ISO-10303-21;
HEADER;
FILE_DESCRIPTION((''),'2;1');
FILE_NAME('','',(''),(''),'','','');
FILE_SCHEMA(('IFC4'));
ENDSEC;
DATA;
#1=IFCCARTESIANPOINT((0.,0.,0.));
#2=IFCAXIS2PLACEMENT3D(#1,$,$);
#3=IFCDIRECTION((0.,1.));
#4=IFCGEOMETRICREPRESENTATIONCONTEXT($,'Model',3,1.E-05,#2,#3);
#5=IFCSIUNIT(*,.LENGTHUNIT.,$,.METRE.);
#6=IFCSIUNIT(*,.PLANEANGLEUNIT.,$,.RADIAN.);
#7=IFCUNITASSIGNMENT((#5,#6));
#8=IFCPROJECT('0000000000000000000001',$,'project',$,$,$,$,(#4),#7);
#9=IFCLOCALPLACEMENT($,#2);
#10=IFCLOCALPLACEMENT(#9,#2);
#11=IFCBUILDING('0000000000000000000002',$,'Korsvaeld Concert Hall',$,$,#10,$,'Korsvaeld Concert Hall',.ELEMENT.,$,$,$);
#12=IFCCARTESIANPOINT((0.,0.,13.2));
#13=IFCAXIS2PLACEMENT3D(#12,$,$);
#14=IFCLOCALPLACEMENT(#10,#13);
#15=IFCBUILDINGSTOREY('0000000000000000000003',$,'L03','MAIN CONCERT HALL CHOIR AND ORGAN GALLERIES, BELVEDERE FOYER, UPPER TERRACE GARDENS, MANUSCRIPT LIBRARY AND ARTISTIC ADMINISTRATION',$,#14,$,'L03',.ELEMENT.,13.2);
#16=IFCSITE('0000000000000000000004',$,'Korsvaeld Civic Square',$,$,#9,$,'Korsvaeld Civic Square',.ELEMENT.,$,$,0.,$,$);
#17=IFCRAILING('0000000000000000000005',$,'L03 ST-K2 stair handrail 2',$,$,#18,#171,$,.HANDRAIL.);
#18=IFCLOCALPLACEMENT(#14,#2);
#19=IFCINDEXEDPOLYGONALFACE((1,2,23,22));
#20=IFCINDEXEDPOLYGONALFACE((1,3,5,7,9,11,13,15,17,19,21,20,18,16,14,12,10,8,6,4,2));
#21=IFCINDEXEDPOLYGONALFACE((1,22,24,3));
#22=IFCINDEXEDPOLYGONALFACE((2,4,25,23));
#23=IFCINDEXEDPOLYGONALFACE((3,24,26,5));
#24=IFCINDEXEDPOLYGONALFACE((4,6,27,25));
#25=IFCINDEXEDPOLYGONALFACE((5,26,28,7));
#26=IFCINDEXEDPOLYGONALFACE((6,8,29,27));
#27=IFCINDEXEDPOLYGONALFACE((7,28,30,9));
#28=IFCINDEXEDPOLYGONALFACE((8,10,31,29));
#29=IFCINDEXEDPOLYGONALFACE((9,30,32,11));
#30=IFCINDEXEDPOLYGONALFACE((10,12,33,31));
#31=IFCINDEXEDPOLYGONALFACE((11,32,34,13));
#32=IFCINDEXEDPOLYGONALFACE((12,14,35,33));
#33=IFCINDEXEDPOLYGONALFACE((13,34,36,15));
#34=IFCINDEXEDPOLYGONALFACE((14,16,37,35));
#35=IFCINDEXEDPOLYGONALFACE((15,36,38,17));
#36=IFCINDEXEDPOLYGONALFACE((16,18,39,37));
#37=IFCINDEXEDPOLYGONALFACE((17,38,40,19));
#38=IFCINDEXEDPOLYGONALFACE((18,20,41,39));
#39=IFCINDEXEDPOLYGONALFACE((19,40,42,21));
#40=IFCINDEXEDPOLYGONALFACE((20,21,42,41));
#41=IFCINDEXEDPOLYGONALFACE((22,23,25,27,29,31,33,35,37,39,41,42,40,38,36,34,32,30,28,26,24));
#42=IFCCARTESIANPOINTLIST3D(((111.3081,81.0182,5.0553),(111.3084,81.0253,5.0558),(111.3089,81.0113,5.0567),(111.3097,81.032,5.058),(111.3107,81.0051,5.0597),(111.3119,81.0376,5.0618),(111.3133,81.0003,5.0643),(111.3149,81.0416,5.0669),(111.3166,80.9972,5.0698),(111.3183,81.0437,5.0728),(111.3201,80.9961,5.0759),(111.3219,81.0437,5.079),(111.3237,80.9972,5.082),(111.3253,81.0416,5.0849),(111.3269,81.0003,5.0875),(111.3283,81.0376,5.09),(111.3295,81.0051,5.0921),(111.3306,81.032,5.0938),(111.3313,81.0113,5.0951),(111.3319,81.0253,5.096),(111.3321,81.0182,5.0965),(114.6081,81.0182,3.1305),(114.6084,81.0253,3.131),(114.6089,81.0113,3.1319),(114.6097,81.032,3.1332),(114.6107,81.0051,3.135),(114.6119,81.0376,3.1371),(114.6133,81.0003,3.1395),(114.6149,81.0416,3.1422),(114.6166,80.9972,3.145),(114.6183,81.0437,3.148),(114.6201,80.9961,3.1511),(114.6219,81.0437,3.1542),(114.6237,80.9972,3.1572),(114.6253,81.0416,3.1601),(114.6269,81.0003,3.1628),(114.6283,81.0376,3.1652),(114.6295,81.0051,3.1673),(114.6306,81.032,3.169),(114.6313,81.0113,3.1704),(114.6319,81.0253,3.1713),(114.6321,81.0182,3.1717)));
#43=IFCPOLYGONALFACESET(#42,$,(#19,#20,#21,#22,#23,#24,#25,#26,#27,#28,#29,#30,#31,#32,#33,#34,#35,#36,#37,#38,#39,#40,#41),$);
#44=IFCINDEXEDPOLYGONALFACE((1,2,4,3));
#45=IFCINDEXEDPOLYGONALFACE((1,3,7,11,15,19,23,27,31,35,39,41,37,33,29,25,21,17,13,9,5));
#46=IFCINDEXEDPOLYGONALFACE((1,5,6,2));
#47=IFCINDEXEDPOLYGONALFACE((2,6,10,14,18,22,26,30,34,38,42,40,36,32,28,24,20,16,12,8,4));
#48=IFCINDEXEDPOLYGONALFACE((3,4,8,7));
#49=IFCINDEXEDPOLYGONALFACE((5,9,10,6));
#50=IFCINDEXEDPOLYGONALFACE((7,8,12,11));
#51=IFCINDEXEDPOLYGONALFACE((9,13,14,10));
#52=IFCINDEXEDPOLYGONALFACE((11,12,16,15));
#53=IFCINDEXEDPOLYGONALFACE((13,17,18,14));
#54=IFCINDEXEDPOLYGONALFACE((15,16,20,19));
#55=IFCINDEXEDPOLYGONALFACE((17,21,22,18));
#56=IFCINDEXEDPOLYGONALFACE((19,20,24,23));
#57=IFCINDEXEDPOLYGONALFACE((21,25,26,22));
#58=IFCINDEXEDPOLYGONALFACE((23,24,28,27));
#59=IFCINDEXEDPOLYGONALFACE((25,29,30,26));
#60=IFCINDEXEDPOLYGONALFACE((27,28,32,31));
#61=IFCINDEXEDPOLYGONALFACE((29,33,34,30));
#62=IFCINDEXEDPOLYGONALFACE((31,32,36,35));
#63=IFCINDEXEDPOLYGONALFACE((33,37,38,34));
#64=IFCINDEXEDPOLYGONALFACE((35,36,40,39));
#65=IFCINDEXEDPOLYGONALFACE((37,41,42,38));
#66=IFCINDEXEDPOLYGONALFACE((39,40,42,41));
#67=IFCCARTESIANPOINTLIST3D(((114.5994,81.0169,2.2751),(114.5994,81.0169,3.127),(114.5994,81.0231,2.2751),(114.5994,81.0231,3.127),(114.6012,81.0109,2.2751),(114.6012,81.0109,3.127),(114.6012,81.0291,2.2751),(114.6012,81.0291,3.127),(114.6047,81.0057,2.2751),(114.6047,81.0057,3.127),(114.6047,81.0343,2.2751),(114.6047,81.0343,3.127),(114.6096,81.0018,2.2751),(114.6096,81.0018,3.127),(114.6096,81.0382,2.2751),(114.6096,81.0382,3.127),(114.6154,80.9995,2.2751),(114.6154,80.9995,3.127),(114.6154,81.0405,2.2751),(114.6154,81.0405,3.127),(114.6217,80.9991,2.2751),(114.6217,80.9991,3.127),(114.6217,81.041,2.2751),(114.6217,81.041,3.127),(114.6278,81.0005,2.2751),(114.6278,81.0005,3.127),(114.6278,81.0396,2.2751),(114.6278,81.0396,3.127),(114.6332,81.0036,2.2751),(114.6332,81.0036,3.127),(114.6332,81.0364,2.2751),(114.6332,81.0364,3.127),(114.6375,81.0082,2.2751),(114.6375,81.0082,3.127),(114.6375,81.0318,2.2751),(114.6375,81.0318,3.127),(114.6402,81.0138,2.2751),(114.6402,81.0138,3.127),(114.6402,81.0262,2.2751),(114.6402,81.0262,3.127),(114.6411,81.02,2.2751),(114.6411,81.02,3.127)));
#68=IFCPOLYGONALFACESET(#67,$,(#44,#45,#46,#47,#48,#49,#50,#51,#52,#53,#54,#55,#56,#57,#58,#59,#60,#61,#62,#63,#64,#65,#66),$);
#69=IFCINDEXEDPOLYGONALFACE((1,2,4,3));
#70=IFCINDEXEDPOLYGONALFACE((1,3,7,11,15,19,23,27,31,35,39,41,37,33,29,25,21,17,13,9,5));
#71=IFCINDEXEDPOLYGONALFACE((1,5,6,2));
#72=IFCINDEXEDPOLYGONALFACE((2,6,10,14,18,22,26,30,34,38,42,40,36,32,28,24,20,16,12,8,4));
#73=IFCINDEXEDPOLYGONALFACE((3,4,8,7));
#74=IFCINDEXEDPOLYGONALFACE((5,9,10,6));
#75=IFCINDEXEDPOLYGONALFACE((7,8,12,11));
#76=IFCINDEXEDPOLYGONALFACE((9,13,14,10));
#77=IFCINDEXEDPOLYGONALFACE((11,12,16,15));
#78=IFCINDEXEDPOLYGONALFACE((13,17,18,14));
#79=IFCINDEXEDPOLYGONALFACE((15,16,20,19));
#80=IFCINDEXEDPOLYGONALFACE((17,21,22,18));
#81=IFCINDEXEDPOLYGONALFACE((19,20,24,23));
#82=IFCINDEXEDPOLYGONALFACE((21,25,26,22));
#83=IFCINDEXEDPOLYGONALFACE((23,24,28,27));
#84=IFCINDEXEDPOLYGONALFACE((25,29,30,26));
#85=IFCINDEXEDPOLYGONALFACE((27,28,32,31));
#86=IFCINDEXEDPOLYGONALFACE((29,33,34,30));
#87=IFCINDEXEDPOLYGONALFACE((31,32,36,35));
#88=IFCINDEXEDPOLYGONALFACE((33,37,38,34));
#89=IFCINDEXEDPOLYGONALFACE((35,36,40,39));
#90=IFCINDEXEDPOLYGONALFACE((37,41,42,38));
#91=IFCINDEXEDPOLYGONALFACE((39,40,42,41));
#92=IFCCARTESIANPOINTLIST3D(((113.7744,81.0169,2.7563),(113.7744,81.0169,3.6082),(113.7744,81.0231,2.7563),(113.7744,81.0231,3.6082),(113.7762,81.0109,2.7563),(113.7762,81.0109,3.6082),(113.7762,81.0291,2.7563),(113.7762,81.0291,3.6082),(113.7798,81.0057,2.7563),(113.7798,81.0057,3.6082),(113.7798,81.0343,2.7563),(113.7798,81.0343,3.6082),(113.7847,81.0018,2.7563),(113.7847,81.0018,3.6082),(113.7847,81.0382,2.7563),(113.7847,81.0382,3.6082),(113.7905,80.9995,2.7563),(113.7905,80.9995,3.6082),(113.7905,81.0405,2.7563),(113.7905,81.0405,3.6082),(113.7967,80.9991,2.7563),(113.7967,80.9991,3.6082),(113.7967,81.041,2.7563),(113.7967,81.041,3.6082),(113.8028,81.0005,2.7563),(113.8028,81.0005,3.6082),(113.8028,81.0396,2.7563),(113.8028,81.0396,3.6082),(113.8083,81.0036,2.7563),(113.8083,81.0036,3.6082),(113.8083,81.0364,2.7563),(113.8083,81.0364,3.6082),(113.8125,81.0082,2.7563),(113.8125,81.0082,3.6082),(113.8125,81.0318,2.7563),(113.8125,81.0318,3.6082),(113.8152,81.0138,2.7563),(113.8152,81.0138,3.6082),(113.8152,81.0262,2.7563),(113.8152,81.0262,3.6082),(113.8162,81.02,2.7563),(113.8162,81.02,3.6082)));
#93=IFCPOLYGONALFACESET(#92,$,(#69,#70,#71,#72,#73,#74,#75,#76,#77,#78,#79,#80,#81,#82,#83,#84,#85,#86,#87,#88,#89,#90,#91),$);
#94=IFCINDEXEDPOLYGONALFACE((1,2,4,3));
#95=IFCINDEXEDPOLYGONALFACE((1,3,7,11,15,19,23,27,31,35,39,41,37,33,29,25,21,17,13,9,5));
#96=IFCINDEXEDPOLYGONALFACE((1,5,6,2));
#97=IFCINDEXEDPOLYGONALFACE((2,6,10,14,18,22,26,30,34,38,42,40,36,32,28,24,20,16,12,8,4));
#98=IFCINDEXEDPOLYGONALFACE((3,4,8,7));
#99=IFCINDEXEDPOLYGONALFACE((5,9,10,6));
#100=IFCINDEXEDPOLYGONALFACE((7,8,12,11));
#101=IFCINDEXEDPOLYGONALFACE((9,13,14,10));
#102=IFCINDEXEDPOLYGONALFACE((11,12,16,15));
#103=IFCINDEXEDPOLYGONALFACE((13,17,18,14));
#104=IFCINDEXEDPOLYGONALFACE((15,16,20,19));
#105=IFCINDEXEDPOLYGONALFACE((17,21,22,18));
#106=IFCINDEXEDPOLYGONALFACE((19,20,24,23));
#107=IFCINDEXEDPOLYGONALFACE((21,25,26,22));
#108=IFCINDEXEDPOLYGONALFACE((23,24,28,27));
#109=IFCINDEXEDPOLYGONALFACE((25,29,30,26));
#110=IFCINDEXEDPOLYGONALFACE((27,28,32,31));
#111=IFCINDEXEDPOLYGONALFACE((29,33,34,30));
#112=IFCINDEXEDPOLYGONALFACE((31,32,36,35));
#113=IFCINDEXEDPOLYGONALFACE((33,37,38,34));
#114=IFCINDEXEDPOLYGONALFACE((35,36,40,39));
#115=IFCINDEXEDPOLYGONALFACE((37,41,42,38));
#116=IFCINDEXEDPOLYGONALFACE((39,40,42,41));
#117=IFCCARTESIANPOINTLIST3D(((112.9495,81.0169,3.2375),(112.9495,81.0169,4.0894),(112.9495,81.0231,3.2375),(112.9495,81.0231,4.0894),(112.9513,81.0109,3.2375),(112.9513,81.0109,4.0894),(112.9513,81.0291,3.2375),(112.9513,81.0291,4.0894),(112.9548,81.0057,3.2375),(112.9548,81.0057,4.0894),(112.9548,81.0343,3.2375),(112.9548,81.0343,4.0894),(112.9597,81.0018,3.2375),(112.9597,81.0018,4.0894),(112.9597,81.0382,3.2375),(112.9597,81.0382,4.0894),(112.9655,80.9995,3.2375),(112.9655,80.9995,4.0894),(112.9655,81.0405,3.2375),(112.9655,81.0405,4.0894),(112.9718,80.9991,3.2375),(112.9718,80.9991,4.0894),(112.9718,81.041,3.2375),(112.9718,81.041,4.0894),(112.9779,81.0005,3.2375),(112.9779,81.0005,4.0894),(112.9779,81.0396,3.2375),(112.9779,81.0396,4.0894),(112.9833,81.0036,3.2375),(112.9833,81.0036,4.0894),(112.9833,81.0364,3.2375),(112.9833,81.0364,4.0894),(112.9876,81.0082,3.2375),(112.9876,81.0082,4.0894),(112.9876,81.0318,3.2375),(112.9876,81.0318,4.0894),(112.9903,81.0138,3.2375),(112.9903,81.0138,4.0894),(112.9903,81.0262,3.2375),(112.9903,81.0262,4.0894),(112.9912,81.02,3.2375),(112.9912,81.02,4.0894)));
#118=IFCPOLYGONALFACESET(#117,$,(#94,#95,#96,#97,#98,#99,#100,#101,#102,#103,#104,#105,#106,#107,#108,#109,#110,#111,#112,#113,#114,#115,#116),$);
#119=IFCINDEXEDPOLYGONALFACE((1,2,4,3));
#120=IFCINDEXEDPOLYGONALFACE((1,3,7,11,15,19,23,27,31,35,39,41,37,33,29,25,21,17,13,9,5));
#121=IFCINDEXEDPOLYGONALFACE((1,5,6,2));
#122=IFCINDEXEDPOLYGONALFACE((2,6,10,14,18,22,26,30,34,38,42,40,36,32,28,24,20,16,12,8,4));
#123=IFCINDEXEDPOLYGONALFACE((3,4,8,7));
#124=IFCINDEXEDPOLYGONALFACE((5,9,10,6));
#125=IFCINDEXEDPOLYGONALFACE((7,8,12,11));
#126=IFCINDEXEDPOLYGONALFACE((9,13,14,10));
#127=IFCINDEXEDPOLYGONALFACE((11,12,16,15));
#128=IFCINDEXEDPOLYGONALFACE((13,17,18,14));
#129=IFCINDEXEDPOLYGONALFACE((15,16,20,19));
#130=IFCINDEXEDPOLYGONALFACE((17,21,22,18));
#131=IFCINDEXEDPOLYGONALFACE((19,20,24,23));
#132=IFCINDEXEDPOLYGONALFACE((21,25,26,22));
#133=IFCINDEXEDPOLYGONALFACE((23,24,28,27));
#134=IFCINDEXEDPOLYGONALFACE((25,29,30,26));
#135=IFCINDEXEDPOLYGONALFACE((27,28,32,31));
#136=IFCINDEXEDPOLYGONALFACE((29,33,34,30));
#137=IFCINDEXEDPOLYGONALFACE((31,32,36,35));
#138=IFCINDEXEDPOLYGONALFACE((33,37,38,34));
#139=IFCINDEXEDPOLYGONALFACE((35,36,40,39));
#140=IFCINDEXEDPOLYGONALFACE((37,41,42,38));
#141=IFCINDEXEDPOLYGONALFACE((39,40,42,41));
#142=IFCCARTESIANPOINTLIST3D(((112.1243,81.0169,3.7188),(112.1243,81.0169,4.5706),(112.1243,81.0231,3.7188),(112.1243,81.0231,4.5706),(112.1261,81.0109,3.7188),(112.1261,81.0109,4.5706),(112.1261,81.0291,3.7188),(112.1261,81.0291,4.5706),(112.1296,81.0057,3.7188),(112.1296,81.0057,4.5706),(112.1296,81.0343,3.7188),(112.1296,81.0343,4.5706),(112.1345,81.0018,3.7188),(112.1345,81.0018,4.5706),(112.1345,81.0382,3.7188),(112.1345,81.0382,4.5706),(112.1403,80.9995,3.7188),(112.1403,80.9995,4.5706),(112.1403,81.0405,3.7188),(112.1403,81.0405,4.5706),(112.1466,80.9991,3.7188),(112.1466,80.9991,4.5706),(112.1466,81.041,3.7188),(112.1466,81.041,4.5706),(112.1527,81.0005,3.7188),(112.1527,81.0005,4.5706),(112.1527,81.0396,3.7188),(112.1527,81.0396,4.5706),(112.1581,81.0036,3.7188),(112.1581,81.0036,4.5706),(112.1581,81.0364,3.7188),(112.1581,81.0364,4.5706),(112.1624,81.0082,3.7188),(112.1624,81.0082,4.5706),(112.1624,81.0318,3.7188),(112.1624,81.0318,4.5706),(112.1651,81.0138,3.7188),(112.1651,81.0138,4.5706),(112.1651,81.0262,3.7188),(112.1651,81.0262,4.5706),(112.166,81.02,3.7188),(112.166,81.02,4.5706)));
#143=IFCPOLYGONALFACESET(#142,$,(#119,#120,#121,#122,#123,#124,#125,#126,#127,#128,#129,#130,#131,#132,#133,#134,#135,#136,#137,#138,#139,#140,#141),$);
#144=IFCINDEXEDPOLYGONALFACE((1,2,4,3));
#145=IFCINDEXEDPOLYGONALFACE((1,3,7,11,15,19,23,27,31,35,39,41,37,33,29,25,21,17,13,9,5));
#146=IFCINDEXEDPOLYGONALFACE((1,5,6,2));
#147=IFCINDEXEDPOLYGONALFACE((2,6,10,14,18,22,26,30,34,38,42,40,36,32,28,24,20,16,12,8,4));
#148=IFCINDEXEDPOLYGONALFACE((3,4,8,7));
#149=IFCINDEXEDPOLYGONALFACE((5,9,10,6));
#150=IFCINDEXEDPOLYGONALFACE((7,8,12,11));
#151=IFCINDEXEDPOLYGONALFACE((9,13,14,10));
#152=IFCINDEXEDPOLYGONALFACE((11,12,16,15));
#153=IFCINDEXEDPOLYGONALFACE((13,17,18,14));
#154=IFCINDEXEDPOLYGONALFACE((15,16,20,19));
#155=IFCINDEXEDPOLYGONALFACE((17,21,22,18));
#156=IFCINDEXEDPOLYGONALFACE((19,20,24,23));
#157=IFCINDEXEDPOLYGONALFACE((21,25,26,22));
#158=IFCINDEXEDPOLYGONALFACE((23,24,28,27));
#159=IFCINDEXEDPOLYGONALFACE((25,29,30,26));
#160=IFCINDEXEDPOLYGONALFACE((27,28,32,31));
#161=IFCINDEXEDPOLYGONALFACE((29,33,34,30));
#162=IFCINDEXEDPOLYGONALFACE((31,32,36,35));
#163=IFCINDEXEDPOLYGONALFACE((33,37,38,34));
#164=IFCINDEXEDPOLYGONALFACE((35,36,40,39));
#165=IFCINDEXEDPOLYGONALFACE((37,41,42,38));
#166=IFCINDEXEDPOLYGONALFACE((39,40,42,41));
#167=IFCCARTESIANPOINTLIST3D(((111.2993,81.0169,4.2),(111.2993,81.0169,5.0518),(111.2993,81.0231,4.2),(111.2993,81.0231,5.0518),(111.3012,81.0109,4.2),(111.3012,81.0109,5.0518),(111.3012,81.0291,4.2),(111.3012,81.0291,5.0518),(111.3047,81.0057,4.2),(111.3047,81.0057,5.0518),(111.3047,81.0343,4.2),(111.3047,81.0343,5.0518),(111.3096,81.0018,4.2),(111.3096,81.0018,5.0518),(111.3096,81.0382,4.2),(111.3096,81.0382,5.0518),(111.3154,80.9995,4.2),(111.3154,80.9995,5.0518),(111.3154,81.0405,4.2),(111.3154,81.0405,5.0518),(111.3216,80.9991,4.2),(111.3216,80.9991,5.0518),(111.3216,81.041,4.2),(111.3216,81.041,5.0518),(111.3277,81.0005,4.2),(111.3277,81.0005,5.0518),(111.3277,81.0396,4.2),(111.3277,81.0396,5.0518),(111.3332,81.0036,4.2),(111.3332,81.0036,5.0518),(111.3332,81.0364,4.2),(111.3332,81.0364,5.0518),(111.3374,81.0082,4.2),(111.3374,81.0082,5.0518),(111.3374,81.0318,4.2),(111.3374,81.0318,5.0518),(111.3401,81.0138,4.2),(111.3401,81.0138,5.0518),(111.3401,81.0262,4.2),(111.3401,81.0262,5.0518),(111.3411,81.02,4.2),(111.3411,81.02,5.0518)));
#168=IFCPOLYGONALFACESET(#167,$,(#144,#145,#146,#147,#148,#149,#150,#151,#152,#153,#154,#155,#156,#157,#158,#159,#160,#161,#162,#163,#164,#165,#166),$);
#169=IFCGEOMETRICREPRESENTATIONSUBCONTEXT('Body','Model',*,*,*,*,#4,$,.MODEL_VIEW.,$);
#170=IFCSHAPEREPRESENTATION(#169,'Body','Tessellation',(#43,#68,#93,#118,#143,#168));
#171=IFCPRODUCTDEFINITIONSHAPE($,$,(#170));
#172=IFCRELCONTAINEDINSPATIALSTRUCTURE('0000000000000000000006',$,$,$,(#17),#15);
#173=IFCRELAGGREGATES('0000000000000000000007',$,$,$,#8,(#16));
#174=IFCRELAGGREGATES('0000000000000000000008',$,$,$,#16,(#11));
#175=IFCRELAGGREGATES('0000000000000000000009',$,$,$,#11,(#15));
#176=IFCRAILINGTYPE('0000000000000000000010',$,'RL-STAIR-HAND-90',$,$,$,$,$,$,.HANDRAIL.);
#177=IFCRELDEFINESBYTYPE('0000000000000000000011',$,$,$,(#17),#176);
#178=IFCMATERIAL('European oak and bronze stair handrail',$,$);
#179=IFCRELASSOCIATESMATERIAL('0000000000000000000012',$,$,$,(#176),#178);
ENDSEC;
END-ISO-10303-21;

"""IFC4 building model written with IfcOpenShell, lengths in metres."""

from ifc_helpers import new_model, si_unit, direction, frame, origin, origin_2d, place, context, subcontext, project, spatial, circle, extrude, material, type_object, element, save


model = new_model("IFC4")

# Units and contexts
model_context = context("Model", 3, precision=1e-05, world=origin(), true_north=direction((0.0, 1.0)))
body_context = subcontext(model_context, "Body", "Model", "MODEL_VIEW")
ifc_project = project(units=[si_unit("LENGTHUNIT", "METRE"), si_unit("PLANEANGLEUNIT", "RADIAN")], contexts=[model_context])

# Site, building, storey
site_placement = place(None, origin())
site = spatial("IfcSite", under=ifc_project, at=site_placement, Name="Korsvaeld Civic Square", LongName="Korsvaeld Civic Square", CompositionType="ELEMENT", RefElevation=0.0)
building_placement = place(site_placement, origin())
building = spatial("IfcBuilding", under=site, at=building_placement, Name="Korsvaeld Concert Hall", LongName="Korsvaeld Concert Hall", CompositionType="ELEMENT")
storey_placement = place(building_placement, frame((0.0, 0.0, 13.2)))
storey = spatial("IfcBuildingStorey", under=building, at=storey_placement, Name="L03", Description="MAIN CONCERT HALL CHOIR AND ORGAN GALLERIES, BELVEDERE FOYER, UPPER TERRACE GARDENS, MANUSCRIPT LIBRARY AND ARTISTIC ADMINISTRATION", LongName="L03", CompositionType="ELEMENT", Elevation=13.2)

# Railing
ifc_material_1 = material(Name="European oak and bronze stair handrail")
railing_type_1 = type_object("IfcRailingType", Name="RL-STAIR-HAND-90", PredefinedType="HANDRAIL", material=ifc_material_1)
railing_1_placement = place(storey_placement, frame((114.6201, 81.02, 2.2751)))
element("IfcRailing", 1, at=railing_1_placement, inside=storey, type_object=railing_type_1, Name="L03 ST-K2 stair handrail 2", PredefinedType="HANDRAIL", context=body_context, shape_type="SweptSolid", body=[
    extrude(circle(Radius=0.0239, at=origin_2d()), frame((0.0, 0.0, 0.876), z_axis=(-0.863804, 0.0, 0.503827), x_axis=(0.0, -1.0, 0.0)), (0.0, 0.0, 1.0), 3.8203),
    extrude(circle(Radius=0.021, at=origin_2d()), origin(), (0.0, 0.0, 1.0), 0.8518),
    extrude(circle(Radius=0.021, at=origin_2d()), frame((-0.825, 0.0, 0.4812)), (0.0, 0.0, 1.0), 0.8518),
    extrude(circle(Radius=0.021, at=origin_2d()), frame((-1.6499, 0.0, 0.9624)), (0.0, 0.0, 1.0), 0.8518),
    extrude(circle(Radius=0.021, at=origin_2d()), frame((-2.4751, 0.0, 1.4436)), (0.0, 0.0, 1.0), 0.8518),
    extrude(circle(Radius=0.021, at=origin_2d()), frame((-3.3, 0.0, 1.9248)), (0.0, 0.0, 1.0), 0.8518),
])

save(model, "model.ifc")
